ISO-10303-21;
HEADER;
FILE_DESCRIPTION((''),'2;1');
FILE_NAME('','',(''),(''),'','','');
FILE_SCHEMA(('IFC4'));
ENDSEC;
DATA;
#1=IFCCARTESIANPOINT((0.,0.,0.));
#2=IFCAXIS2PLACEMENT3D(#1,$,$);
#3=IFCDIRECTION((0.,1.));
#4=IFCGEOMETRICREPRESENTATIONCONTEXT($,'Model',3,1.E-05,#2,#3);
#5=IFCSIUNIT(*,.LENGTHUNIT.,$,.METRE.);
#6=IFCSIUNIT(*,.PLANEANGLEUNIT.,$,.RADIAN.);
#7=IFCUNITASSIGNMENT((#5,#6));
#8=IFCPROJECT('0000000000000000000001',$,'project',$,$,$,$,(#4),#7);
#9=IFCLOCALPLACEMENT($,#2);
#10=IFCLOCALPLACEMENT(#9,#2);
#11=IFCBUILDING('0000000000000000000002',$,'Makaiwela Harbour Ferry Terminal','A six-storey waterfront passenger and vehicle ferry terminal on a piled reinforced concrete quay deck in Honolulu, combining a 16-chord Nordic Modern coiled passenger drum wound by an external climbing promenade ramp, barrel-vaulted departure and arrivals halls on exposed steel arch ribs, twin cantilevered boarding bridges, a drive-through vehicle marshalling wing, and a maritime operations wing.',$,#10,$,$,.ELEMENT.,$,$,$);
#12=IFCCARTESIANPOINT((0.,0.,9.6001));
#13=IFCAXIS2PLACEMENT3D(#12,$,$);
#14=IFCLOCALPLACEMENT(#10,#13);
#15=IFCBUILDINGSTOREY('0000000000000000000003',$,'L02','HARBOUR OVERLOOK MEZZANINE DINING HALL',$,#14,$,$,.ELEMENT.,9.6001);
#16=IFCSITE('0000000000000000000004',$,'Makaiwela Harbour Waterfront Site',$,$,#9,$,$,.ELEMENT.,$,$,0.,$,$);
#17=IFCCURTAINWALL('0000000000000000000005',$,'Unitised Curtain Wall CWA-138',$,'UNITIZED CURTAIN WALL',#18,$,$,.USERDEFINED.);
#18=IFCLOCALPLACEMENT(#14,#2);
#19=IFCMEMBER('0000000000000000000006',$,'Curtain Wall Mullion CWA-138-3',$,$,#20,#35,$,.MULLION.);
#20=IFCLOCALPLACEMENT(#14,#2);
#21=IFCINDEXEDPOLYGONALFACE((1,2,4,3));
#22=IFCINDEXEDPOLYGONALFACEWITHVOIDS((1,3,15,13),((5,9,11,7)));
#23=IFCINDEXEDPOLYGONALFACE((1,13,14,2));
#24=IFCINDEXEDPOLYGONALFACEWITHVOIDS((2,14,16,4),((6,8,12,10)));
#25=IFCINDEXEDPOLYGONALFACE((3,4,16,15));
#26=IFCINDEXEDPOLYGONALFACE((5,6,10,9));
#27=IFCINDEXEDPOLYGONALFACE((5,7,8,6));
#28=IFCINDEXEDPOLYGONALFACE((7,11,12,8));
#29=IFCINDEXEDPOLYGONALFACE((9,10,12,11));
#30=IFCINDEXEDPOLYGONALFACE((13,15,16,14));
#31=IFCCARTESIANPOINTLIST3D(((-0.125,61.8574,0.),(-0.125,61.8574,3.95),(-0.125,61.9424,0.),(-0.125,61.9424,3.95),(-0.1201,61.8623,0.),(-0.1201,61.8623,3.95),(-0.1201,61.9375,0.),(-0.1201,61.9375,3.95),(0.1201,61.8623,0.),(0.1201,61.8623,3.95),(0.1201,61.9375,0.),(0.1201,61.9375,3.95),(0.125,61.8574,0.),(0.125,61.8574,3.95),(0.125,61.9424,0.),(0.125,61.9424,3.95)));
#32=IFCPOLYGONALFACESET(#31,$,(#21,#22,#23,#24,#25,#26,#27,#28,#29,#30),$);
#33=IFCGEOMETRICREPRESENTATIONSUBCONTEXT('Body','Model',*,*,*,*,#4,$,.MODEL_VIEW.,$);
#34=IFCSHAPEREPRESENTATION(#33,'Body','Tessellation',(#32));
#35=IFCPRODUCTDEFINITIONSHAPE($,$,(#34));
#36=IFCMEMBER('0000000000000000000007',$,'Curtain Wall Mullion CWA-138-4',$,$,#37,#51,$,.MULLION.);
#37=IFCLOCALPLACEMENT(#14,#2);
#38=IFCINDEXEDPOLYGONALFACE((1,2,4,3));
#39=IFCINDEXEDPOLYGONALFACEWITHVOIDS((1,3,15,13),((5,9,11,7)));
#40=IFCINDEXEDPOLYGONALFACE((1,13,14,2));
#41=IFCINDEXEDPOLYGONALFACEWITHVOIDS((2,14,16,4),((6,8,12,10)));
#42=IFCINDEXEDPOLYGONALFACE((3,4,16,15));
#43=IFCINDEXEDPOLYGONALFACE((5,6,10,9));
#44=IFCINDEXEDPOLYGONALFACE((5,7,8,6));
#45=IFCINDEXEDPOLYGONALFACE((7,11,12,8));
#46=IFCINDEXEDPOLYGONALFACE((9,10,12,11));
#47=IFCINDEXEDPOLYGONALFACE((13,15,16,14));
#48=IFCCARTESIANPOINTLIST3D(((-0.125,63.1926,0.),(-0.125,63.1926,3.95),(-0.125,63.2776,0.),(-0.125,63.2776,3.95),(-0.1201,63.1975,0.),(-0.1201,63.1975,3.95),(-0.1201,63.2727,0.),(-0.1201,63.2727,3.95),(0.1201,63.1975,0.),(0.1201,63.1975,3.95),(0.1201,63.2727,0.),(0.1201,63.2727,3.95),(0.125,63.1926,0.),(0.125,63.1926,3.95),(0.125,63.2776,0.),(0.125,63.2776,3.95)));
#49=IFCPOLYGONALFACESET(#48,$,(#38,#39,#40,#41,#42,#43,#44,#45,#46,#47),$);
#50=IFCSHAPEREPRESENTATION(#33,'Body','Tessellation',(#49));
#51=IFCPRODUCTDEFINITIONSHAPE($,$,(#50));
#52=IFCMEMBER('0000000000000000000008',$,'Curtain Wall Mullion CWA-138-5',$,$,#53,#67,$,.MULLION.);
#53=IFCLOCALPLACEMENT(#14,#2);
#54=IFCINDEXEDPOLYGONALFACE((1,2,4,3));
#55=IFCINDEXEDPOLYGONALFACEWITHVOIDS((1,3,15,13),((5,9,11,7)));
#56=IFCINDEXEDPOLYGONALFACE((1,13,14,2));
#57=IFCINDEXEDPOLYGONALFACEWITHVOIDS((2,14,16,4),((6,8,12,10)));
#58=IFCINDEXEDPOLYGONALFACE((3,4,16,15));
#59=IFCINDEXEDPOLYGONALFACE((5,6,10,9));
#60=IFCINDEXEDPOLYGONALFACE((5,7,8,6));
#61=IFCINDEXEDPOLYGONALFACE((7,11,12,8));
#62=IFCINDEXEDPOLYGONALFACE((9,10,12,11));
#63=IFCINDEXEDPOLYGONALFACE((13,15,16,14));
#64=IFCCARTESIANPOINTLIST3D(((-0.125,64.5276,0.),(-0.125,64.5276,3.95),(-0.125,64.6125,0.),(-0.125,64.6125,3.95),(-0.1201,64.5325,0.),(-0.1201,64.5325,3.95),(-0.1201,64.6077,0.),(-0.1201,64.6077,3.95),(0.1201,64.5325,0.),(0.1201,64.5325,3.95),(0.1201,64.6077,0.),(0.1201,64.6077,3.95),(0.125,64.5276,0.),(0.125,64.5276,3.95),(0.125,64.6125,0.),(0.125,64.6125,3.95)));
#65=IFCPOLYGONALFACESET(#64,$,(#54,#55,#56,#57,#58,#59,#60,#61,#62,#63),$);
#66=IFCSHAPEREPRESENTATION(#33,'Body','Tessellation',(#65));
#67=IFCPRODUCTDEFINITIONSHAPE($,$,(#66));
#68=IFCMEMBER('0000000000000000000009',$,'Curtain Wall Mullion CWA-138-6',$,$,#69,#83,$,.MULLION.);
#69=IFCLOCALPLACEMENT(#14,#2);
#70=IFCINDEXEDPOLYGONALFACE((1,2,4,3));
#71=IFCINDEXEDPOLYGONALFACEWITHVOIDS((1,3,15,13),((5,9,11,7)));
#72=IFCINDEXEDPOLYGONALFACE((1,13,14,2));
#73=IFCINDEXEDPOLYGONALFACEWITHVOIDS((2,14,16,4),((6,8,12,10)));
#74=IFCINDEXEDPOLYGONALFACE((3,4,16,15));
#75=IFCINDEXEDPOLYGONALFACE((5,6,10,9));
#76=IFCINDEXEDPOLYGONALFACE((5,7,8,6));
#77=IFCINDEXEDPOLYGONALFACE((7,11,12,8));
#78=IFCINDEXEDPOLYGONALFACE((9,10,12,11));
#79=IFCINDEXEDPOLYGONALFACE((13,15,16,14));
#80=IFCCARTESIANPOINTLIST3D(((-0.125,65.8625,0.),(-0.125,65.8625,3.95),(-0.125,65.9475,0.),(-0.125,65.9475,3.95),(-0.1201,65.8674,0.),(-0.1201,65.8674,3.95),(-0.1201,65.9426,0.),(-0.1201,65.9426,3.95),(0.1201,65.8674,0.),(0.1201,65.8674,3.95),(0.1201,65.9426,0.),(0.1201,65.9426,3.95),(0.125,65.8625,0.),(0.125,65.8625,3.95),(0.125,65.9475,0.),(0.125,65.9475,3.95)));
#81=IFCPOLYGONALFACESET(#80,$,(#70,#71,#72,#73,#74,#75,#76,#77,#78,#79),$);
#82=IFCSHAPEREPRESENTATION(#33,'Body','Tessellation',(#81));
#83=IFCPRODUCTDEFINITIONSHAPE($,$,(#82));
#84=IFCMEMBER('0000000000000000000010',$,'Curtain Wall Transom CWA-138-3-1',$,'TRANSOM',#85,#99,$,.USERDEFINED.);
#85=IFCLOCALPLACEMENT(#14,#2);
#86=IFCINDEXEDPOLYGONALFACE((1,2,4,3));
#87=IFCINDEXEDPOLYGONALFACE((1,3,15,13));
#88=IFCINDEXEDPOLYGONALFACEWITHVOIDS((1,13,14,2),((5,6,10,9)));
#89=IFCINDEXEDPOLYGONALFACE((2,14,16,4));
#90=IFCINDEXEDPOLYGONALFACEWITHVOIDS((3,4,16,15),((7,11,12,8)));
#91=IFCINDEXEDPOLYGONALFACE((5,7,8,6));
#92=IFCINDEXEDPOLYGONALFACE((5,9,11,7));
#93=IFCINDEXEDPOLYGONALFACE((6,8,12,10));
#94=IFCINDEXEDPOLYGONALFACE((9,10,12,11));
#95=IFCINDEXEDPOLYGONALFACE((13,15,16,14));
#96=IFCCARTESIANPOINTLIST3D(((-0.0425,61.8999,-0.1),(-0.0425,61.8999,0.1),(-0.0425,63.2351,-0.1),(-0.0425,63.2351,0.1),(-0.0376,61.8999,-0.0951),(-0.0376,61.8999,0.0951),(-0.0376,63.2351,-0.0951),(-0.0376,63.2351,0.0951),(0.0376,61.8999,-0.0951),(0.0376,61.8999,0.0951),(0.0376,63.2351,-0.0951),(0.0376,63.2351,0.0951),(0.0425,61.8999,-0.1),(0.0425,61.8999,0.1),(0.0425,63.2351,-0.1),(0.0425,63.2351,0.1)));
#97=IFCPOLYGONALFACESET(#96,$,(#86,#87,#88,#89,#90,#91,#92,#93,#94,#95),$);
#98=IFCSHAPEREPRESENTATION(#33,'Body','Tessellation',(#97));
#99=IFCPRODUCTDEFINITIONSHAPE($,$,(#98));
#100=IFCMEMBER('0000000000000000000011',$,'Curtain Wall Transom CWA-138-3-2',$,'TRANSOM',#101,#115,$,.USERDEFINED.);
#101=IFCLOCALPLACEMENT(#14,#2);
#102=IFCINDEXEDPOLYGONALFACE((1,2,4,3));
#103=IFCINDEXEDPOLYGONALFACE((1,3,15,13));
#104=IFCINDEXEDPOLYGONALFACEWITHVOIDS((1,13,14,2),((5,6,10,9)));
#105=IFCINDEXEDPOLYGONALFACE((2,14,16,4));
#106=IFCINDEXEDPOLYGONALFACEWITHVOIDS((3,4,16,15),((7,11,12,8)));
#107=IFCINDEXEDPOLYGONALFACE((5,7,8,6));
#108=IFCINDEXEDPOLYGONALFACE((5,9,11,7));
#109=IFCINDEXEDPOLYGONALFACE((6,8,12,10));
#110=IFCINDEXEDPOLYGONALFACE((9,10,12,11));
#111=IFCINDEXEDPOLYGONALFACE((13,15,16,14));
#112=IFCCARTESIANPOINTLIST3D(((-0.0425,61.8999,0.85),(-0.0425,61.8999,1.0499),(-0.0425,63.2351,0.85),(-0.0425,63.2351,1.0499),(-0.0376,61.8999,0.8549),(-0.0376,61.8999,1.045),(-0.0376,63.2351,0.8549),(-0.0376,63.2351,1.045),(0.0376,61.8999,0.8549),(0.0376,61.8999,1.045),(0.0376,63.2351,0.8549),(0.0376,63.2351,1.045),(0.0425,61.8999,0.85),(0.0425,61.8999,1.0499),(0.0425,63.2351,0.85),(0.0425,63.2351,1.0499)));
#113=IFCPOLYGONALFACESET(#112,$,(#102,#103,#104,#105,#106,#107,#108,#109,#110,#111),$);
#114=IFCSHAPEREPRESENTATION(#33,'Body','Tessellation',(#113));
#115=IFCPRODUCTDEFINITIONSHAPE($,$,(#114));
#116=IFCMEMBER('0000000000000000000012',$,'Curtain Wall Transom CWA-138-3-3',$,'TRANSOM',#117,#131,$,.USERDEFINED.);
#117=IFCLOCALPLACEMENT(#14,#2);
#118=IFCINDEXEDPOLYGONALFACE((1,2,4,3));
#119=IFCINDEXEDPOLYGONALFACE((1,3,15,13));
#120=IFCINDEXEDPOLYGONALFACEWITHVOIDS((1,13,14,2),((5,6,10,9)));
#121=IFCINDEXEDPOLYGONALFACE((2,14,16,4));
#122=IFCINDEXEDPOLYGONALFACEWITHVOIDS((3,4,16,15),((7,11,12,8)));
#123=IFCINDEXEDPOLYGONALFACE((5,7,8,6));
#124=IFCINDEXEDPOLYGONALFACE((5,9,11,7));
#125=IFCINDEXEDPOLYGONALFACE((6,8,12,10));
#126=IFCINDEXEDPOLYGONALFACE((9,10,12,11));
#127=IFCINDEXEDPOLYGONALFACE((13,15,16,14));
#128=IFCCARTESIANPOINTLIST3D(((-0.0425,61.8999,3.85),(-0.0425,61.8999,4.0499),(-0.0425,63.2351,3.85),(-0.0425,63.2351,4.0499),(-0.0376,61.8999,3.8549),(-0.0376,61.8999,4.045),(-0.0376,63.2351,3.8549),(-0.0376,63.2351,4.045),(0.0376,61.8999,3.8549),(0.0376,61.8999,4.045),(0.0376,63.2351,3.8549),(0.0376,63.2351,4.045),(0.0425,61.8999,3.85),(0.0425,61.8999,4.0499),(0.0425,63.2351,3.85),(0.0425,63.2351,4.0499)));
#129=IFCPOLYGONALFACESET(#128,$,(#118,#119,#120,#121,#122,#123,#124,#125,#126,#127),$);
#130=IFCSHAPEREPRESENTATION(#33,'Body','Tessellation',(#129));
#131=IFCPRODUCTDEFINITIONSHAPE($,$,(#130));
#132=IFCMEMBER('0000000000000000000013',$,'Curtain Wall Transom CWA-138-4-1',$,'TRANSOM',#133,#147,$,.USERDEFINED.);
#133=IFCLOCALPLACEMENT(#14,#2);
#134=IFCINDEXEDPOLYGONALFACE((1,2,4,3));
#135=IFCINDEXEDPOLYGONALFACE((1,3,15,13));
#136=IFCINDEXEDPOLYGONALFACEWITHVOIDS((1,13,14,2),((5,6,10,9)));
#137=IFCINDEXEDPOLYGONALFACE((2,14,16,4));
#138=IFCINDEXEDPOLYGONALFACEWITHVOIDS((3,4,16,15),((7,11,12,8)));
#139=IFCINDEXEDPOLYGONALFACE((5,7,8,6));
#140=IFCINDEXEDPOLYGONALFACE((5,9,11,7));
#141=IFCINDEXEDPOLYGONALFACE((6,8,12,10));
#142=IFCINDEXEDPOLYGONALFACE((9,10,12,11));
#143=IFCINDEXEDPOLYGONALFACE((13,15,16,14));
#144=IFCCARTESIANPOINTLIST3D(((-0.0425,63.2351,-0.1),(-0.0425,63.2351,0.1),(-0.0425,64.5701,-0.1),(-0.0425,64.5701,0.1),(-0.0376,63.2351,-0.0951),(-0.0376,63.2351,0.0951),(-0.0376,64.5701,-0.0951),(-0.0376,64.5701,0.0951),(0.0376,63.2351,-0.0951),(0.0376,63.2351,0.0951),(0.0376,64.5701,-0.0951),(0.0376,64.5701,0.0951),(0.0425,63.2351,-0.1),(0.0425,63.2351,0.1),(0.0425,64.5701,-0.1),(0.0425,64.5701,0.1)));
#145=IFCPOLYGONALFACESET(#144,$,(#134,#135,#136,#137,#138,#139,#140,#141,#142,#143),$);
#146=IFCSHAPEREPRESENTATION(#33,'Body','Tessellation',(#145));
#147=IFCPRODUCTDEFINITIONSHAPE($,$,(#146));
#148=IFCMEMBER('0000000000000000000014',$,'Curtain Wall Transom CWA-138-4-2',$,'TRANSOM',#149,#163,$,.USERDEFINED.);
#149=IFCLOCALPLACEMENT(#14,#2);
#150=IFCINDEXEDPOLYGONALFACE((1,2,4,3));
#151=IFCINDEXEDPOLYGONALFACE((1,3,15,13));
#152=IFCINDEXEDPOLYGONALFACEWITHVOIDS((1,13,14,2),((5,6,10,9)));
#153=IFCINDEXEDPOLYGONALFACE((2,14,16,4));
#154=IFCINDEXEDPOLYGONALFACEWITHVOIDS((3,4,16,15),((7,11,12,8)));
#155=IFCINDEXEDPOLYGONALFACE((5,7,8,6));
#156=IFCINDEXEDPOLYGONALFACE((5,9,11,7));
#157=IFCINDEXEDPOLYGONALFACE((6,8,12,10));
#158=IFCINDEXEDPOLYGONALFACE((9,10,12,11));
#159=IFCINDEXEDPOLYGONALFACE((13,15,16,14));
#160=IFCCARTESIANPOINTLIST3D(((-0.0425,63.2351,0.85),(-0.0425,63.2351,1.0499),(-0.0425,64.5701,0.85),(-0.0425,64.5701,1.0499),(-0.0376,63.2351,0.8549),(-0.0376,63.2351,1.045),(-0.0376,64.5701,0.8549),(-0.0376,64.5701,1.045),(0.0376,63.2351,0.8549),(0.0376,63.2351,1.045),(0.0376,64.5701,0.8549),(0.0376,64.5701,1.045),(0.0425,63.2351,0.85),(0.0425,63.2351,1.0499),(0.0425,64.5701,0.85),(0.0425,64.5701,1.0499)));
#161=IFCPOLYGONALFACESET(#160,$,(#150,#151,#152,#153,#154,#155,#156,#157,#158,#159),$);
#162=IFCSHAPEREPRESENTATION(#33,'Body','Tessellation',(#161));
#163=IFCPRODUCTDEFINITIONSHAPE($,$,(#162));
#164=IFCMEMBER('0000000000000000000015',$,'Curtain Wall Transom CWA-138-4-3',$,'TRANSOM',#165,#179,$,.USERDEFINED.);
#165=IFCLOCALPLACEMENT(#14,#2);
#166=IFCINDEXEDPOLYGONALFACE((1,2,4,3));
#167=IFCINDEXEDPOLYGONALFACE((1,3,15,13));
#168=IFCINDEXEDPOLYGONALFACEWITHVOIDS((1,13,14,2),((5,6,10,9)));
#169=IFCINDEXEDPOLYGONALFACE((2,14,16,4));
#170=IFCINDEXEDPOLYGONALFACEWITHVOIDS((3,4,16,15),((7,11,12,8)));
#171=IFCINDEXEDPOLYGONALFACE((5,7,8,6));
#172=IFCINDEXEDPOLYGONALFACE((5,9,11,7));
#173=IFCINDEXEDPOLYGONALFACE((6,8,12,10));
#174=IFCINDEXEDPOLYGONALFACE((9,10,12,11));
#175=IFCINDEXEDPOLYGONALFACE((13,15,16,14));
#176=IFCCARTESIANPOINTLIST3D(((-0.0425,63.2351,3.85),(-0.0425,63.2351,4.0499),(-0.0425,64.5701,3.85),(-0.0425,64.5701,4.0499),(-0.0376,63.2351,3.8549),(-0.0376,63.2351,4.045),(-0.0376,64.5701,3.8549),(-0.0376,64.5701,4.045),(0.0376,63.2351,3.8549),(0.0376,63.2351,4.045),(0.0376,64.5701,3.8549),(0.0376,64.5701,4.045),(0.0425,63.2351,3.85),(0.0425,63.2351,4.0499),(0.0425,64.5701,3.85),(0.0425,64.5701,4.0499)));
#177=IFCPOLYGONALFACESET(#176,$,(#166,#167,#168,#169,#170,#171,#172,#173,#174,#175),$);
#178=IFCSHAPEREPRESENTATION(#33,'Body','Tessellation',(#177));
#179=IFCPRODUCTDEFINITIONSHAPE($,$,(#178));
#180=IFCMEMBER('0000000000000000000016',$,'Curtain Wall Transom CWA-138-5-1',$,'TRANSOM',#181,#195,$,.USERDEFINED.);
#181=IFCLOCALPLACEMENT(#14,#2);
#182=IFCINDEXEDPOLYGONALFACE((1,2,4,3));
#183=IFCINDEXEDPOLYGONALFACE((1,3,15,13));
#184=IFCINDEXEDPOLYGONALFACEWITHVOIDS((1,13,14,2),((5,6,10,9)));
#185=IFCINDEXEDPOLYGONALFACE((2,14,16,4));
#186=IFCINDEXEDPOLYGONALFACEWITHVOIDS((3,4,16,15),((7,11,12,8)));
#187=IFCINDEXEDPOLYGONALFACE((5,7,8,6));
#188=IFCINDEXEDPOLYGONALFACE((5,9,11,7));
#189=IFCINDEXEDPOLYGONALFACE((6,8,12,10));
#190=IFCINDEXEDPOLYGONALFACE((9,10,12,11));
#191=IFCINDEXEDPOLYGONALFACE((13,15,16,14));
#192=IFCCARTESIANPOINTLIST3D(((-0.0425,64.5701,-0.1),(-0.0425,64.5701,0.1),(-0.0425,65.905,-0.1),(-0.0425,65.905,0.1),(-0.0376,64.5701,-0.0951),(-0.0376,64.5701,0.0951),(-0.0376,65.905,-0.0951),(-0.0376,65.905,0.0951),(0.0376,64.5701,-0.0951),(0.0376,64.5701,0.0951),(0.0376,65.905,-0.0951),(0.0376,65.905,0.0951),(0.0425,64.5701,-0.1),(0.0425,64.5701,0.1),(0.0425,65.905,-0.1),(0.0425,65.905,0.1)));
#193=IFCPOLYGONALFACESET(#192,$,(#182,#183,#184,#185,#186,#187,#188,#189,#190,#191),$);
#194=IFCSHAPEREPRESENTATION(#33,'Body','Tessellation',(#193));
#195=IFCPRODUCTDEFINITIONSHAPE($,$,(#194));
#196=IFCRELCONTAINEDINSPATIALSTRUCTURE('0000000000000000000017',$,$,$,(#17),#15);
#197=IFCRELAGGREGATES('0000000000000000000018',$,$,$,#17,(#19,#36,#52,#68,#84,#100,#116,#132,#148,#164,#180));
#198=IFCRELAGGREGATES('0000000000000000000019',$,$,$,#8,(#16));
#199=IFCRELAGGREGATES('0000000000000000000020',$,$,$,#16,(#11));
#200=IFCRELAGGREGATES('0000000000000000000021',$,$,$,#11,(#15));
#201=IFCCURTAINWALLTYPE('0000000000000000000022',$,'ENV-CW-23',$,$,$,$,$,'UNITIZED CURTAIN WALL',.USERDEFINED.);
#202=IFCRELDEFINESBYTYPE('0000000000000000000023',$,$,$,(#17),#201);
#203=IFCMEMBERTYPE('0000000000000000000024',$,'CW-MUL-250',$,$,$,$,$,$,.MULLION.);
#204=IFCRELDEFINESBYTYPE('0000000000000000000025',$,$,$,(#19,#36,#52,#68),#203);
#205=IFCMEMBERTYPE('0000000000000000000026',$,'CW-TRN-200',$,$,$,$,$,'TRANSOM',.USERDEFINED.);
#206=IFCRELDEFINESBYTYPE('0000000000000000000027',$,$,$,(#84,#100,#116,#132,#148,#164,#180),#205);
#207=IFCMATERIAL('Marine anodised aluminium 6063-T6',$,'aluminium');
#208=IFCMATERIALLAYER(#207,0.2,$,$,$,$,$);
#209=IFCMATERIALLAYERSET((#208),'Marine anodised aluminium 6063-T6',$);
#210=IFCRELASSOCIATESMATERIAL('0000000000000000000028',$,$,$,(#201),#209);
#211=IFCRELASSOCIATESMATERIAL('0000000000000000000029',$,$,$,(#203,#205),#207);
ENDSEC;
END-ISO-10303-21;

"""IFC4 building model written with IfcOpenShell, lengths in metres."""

from ifc_helpers import new_model, si_unit, direction, frame, origin, origin_2d, place, context, subcontext, project, spatial, hollow_rectangle, extrude, material, layer, layer_set, material_profile, profile_set, type_object, element, aggregate, save


model = new_model("IFC4")

# Units and contexts
model_context = context("Model", 3, precision=1e-05, world=origin(), true_north=direction((0.0, 1.0)))
body_context = subcontext(model_context, "Body", "Model", "MODEL_VIEW")
ifc_project = project(units=[si_unit("LENGTHUNIT", "METRE"), si_unit("PLANEANGLEUNIT", "RADIAN")], contexts=[model_context])

# Site, building, storey
site_placement = place(None, origin())
site = spatial("IfcSite", under=ifc_project, at=site_placement, Name="Makaiwela Harbour Waterfront Site", CompositionType="ELEMENT", RefElevation=0.0)
building_placement = place(site_placement, origin())
building = spatial("IfcBuilding", under=site, at=building_placement, Name="Makaiwela Harbour Ferry Terminal", Description="A six-storey waterfront passenger and vehicle ferry terminal on a piled reinforced concrete quay deck in Honolulu, combining a 16-chord Nordic Modern coiled passenger drum wound by an external climbing promenade ramp, barrel-vaulted departure and arrivals halls on exposed steel arch ribs, twin cantilevered boarding bridges, a drive-through vehicle marshalling wing, and a maritime operations wing.", CompositionType="ELEMENT")
storey_placement = place(building_placement, frame((0.0, 0.0, 9.6001)))
storey = spatial("IfcBuildingStorey", under=building, at=storey_placement, Name="L02", Description="HARBOUR OVERLOOK MEZZANINE DINING HALL", CompositionType="ELEMENT", Elevation=9.6001)

# Curtain wall, members
ifc_material_1 = material(Name="Marine anodised aluminium 6063-T6", Category="aluminium")
ifc_layer_1 = layer(ifc_material_1, 0.2)
ifc_layer_set_1 = layer_set([ifc_layer_1], Name="Marine anodised aluminium 6063-T6")
curtain_wall_type = type_object("IfcCurtainWallType", Name="ENV-CW-23", ElementType="UNITIZED CURTAIN WALL", PredefinedType="USERDEFINED", material=ifc_layer_set_1)
curtain_wall_placement = place(storey_placement, origin())
curtain_wall = element("IfcCurtainWall", 1, at=curtain_wall_placement, inside=storey, type_object=curtain_wall_type, Name="Unitised Curtain Wall CWA-138", ObjectType="UNITIZED CURTAIN WALL", PredefinedType="USERDEFINED")
ifc_material_profile_1 = material_profile(ifc_material_1, hollow_rectangle(XDim=0.085, YDim=0.25, WallThickness=0.0049, at=origin_2d()), Name="CWM-250X85")
ifc_profile_set_1 = profile_set([ifc_material_profile_1], Name="Marine anodised aluminium 6063-T6")
member_type_1 = type_object("IfcMemberType", Name="CW-MUL-250", PredefinedType="MULLION", material=ifc_profile_set_1)
member_1_placement = place(storey_placement, frame((0.0, 61.8999, 0.0), z_axis=(0.0, 0.0, 1.0), x_axis=(0.0, 1.0, 0.0)))
member_1 = element("IfcMember", 2, at=member_1_placement, type_object=member_type_1, Name="Curtain Wall Mullion CWA-138-3", PredefinedType="MULLION", context=body_context, shape_type="SweptSolid", body=[
    extrude(hollow_rectangle(XDim=0.085, YDim=0.25, WallThickness=0.0049, at=origin_2d()), origin(), (0.0, 0.0, 1.0), 3.95),
])
member_2_placement = place(storey_placement, frame((0.0, 63.2351, 0.0), z_axis=(0.0, 0.0, 1.0), x_axis=(0.0, 1.0, 0.0)))
member_2 = element("IfcMember", 3, at=member_2_placement, type_object=member_type_1, Name="Curtain Wall Mullion CWA-138-4", PredefinedType="MULLION", context=body_context, shape_type="SweptSolid", body=[
    extrude(hollow_rectangle(XDim=0.085, YDim=0.25, WallThickness=0.0049, at=origin_2d()), origin(), (0.0, 0.0, 1.0), 3.95),
])
member_3_placement = place(storey_placement, frame((0.0, 64.5701, 0.0), z_axis=(0.0, 0.0, 1.0), x_axis=(0.0, 1.0, 0.0)))
member_3 = element("IfcMember", 4, at=member_3_placement, type_object=member_type_1, Name="Curtain Wall Mullion CWA-138-5", PredefinedType="MULLION", context=body_context, shape_type="SweptSolid", body=[
    extrude(hollow_rectangle(XDim=0.085, YDim=0.25, WallThickness=0.0049, at=origin_2d()), origin(), (0.0, 0.0, 1.0), 3.95),
])
member_4_placement = place(storey_placement, frame((0.0, 65.905, 0.0), z_axis=(0.0, 0.0, 1.0), x_axis=(0.0, 1.0, 0.0)))
member_4 = element("IfcMember", 5, at=member_4_placement, type_object=member_type_1, Name="Curtain Wall Mullion CWA-138-6", PredefinedType="MULLION", context=body_context, shape_type="SweptSolid", body=[
    extrude(hollow_rectangle(XDim=0.085, YDim=0.25, WallThickness=0.0049, at=origin_2d()), origin(), (0.0, 0.0, 1.0), 3.95),
])
ifc_material_profile_2 = material_profile(ifc_material_1, hollow_rectangle(XDim=0.085, YDim=0.2, WallThickness=0.0049, at=origin_2d()), Name="CWT-200X85")
ifc_profile_set_2 = profile_set([ifc_material_profile_2], Name="Marine anodised aluminium 6063-T6")
member_type_2 = type_object("IfcMemberType", Name="CW-TRN-200", ElementType="TRANSOM", PredefinedType="USERDEFINED", material=ifc_profile_set_2)
member_5_placement = place(storey_placement, frame((0.0, 61.8999, 0.0), z_axis=(0.0, 1.0, 0.0), x_axis=(-1.0, 0.0, 0.0)))
member_5 = element("IfcMember", 6, at=member_5_placement, type_object=member_type_2, Name="Curtain Wall Transom CWA-138-3-1", ObjectType="TRANSOM", PredefinedType="USERDEFINED", context=body_context, shape_type="SweptSolid", body=[
    extrude(hollow_rectangle(XDim=0.085, YDim=0.2, WallThickness=0.0049, at=origin_2d()), origin(), (0.0, 0.0, 1.0), 1.3352),
])
member_6_placement = place(storey_placement, frame((0.0, 61.8999, 0.95), z_axis=(0.0, 1.0, 0.0), x_axis=(-1.0, 0.0, 0.0)))
member_6 = element("IfcMember", 7, at=member_6_placement, type_object=member_type_2, Name="Curtain Wall Transom CWA-138-3-2", ObjectType="TRANSOM", PredefinedType="USERDEFINED", context=body_context, shape_type="SweptSolid", body=[
    extrude(hollow_rectangle(XDim=0.085, YDim=0.2, WallThickness=0.0049, at=origin_2d()), origin(), (0.0, 0.0, 1.0), 1.3352),
])
member_7_placement = place(storey_placement, frame((0.0, 61.8999, 3.95), z_axis=(0.0, 1.0, 0.0), x_axis=(-1.0, 0.0, 0.0)))
member_7 = element("IfcMember", 8, at=member_7_placement, type_object=member_type_2, Name="Curtain Wall Transom CWA-138-3-3", ObjectType="TRANSOM", PredefinedType="USERDEFINED", context=body_context, shape_type="SweptSolid", body=[
    extrude(hollow_rectangle(XDim=0.085, YDim=0.2, WallThickness=0.0049, at=origin_2d()), origin(), (0.0, 0.0, 1.0), 1.3352),
])
member_8_placement = place(storey_placement, frame((0.0, 63.2351, 0.0), z_axis=(0.0, 1.0, 0.0), x_axis=(-1.0, 0.0, 0.0)))
member_8 = element("IfcMember", 9, at=member_8_placement, type_object=member_type_2, Name="Curtain Wall Transom CWA-138-4-1", ObjectType="TRANSOM", PredefinedType="USERDEFINED", context=body_context, shape_type="SweptSolid", body=[
    extrude(hollow_rectangle(XDim=0.085, YDim=0.2, WallThickness=0.0049, at=origin_2d()), origin(), (0.0, 0.0, 1.0), 1.335),
])
member_9_placement = place(storey_placement, frame((0.0, 63.2351, 0.95), z_axis=(0.0, 1.0, 0.0), x_axis=(-1.0, 0.0, 0.0)))
member_9 = element("IfcMember", 10, at=member_9_placement, type_object=member_type_2, Name="Curtain Wall Transom CWA-138-4-2", ObjectType="TRANSOM", PredefinedType="USERDEFINED", context=body_context, shape_type="SweptSolid", body=[
    extrude(hollow_rectangle(XDim=0.085, YDim=0.2, WallThickness=0.0049, at=origin_2d()), origin(), (0.0, 0.0, 1.0), 1.335),
])
member_10_placement = place(storey_placement, frame((0.0, 63.2351, 3.95), z_axis=(0.0, 1.0, 0.0), x_axis=(-1.0, 0.0, 0.0)))
member_10 = element("IfcMember", 11, at=member_10_placement, type_object=member_type_2, Name="Curtain Wall Transom CWA-138-4-3", ObjectType="TRANSOM", PredefinedType="USERDEFINED", context=body_context, shape_type="SweptSolid", body=[
    extrude(hollow_rectangle(XDim=0.085, YDim=0.2, WallThickness=0.0049, at=origin_2d()), origin(), (0.0, 0.0, 1.0), 1.335),
])
member_11_placement = place(storey_placement, frame((0.0, 64.5701, 0.0), z_axis=(0.0, 1.0, 0.0), x_axis=(-1.0, 0.0, 0.0)))
member_11 = element("IfcMember", 12, at=member_11_placement, type_object=member_type_2, Name="Curtain Wall Transom CWA-138-5-1", ObjectType="TRANSOM", PredefinedType="USERDEFINED", context=body_context, shape_type="SweptSolid", body=[
    extrude(hollow_rectangle(XDim=0.085, YDim=0.2, WallThickness=0.0049, at=origin_2d()), origin(), (0.0, 0.0, 1.0), 1.335),
])
aggregate(curtain_wall, [member_1, member_2, member_3, member_4, member_5, member_6, member_7, member_8, member_9, member_10, member_11])

save(model, "model.ifc")
